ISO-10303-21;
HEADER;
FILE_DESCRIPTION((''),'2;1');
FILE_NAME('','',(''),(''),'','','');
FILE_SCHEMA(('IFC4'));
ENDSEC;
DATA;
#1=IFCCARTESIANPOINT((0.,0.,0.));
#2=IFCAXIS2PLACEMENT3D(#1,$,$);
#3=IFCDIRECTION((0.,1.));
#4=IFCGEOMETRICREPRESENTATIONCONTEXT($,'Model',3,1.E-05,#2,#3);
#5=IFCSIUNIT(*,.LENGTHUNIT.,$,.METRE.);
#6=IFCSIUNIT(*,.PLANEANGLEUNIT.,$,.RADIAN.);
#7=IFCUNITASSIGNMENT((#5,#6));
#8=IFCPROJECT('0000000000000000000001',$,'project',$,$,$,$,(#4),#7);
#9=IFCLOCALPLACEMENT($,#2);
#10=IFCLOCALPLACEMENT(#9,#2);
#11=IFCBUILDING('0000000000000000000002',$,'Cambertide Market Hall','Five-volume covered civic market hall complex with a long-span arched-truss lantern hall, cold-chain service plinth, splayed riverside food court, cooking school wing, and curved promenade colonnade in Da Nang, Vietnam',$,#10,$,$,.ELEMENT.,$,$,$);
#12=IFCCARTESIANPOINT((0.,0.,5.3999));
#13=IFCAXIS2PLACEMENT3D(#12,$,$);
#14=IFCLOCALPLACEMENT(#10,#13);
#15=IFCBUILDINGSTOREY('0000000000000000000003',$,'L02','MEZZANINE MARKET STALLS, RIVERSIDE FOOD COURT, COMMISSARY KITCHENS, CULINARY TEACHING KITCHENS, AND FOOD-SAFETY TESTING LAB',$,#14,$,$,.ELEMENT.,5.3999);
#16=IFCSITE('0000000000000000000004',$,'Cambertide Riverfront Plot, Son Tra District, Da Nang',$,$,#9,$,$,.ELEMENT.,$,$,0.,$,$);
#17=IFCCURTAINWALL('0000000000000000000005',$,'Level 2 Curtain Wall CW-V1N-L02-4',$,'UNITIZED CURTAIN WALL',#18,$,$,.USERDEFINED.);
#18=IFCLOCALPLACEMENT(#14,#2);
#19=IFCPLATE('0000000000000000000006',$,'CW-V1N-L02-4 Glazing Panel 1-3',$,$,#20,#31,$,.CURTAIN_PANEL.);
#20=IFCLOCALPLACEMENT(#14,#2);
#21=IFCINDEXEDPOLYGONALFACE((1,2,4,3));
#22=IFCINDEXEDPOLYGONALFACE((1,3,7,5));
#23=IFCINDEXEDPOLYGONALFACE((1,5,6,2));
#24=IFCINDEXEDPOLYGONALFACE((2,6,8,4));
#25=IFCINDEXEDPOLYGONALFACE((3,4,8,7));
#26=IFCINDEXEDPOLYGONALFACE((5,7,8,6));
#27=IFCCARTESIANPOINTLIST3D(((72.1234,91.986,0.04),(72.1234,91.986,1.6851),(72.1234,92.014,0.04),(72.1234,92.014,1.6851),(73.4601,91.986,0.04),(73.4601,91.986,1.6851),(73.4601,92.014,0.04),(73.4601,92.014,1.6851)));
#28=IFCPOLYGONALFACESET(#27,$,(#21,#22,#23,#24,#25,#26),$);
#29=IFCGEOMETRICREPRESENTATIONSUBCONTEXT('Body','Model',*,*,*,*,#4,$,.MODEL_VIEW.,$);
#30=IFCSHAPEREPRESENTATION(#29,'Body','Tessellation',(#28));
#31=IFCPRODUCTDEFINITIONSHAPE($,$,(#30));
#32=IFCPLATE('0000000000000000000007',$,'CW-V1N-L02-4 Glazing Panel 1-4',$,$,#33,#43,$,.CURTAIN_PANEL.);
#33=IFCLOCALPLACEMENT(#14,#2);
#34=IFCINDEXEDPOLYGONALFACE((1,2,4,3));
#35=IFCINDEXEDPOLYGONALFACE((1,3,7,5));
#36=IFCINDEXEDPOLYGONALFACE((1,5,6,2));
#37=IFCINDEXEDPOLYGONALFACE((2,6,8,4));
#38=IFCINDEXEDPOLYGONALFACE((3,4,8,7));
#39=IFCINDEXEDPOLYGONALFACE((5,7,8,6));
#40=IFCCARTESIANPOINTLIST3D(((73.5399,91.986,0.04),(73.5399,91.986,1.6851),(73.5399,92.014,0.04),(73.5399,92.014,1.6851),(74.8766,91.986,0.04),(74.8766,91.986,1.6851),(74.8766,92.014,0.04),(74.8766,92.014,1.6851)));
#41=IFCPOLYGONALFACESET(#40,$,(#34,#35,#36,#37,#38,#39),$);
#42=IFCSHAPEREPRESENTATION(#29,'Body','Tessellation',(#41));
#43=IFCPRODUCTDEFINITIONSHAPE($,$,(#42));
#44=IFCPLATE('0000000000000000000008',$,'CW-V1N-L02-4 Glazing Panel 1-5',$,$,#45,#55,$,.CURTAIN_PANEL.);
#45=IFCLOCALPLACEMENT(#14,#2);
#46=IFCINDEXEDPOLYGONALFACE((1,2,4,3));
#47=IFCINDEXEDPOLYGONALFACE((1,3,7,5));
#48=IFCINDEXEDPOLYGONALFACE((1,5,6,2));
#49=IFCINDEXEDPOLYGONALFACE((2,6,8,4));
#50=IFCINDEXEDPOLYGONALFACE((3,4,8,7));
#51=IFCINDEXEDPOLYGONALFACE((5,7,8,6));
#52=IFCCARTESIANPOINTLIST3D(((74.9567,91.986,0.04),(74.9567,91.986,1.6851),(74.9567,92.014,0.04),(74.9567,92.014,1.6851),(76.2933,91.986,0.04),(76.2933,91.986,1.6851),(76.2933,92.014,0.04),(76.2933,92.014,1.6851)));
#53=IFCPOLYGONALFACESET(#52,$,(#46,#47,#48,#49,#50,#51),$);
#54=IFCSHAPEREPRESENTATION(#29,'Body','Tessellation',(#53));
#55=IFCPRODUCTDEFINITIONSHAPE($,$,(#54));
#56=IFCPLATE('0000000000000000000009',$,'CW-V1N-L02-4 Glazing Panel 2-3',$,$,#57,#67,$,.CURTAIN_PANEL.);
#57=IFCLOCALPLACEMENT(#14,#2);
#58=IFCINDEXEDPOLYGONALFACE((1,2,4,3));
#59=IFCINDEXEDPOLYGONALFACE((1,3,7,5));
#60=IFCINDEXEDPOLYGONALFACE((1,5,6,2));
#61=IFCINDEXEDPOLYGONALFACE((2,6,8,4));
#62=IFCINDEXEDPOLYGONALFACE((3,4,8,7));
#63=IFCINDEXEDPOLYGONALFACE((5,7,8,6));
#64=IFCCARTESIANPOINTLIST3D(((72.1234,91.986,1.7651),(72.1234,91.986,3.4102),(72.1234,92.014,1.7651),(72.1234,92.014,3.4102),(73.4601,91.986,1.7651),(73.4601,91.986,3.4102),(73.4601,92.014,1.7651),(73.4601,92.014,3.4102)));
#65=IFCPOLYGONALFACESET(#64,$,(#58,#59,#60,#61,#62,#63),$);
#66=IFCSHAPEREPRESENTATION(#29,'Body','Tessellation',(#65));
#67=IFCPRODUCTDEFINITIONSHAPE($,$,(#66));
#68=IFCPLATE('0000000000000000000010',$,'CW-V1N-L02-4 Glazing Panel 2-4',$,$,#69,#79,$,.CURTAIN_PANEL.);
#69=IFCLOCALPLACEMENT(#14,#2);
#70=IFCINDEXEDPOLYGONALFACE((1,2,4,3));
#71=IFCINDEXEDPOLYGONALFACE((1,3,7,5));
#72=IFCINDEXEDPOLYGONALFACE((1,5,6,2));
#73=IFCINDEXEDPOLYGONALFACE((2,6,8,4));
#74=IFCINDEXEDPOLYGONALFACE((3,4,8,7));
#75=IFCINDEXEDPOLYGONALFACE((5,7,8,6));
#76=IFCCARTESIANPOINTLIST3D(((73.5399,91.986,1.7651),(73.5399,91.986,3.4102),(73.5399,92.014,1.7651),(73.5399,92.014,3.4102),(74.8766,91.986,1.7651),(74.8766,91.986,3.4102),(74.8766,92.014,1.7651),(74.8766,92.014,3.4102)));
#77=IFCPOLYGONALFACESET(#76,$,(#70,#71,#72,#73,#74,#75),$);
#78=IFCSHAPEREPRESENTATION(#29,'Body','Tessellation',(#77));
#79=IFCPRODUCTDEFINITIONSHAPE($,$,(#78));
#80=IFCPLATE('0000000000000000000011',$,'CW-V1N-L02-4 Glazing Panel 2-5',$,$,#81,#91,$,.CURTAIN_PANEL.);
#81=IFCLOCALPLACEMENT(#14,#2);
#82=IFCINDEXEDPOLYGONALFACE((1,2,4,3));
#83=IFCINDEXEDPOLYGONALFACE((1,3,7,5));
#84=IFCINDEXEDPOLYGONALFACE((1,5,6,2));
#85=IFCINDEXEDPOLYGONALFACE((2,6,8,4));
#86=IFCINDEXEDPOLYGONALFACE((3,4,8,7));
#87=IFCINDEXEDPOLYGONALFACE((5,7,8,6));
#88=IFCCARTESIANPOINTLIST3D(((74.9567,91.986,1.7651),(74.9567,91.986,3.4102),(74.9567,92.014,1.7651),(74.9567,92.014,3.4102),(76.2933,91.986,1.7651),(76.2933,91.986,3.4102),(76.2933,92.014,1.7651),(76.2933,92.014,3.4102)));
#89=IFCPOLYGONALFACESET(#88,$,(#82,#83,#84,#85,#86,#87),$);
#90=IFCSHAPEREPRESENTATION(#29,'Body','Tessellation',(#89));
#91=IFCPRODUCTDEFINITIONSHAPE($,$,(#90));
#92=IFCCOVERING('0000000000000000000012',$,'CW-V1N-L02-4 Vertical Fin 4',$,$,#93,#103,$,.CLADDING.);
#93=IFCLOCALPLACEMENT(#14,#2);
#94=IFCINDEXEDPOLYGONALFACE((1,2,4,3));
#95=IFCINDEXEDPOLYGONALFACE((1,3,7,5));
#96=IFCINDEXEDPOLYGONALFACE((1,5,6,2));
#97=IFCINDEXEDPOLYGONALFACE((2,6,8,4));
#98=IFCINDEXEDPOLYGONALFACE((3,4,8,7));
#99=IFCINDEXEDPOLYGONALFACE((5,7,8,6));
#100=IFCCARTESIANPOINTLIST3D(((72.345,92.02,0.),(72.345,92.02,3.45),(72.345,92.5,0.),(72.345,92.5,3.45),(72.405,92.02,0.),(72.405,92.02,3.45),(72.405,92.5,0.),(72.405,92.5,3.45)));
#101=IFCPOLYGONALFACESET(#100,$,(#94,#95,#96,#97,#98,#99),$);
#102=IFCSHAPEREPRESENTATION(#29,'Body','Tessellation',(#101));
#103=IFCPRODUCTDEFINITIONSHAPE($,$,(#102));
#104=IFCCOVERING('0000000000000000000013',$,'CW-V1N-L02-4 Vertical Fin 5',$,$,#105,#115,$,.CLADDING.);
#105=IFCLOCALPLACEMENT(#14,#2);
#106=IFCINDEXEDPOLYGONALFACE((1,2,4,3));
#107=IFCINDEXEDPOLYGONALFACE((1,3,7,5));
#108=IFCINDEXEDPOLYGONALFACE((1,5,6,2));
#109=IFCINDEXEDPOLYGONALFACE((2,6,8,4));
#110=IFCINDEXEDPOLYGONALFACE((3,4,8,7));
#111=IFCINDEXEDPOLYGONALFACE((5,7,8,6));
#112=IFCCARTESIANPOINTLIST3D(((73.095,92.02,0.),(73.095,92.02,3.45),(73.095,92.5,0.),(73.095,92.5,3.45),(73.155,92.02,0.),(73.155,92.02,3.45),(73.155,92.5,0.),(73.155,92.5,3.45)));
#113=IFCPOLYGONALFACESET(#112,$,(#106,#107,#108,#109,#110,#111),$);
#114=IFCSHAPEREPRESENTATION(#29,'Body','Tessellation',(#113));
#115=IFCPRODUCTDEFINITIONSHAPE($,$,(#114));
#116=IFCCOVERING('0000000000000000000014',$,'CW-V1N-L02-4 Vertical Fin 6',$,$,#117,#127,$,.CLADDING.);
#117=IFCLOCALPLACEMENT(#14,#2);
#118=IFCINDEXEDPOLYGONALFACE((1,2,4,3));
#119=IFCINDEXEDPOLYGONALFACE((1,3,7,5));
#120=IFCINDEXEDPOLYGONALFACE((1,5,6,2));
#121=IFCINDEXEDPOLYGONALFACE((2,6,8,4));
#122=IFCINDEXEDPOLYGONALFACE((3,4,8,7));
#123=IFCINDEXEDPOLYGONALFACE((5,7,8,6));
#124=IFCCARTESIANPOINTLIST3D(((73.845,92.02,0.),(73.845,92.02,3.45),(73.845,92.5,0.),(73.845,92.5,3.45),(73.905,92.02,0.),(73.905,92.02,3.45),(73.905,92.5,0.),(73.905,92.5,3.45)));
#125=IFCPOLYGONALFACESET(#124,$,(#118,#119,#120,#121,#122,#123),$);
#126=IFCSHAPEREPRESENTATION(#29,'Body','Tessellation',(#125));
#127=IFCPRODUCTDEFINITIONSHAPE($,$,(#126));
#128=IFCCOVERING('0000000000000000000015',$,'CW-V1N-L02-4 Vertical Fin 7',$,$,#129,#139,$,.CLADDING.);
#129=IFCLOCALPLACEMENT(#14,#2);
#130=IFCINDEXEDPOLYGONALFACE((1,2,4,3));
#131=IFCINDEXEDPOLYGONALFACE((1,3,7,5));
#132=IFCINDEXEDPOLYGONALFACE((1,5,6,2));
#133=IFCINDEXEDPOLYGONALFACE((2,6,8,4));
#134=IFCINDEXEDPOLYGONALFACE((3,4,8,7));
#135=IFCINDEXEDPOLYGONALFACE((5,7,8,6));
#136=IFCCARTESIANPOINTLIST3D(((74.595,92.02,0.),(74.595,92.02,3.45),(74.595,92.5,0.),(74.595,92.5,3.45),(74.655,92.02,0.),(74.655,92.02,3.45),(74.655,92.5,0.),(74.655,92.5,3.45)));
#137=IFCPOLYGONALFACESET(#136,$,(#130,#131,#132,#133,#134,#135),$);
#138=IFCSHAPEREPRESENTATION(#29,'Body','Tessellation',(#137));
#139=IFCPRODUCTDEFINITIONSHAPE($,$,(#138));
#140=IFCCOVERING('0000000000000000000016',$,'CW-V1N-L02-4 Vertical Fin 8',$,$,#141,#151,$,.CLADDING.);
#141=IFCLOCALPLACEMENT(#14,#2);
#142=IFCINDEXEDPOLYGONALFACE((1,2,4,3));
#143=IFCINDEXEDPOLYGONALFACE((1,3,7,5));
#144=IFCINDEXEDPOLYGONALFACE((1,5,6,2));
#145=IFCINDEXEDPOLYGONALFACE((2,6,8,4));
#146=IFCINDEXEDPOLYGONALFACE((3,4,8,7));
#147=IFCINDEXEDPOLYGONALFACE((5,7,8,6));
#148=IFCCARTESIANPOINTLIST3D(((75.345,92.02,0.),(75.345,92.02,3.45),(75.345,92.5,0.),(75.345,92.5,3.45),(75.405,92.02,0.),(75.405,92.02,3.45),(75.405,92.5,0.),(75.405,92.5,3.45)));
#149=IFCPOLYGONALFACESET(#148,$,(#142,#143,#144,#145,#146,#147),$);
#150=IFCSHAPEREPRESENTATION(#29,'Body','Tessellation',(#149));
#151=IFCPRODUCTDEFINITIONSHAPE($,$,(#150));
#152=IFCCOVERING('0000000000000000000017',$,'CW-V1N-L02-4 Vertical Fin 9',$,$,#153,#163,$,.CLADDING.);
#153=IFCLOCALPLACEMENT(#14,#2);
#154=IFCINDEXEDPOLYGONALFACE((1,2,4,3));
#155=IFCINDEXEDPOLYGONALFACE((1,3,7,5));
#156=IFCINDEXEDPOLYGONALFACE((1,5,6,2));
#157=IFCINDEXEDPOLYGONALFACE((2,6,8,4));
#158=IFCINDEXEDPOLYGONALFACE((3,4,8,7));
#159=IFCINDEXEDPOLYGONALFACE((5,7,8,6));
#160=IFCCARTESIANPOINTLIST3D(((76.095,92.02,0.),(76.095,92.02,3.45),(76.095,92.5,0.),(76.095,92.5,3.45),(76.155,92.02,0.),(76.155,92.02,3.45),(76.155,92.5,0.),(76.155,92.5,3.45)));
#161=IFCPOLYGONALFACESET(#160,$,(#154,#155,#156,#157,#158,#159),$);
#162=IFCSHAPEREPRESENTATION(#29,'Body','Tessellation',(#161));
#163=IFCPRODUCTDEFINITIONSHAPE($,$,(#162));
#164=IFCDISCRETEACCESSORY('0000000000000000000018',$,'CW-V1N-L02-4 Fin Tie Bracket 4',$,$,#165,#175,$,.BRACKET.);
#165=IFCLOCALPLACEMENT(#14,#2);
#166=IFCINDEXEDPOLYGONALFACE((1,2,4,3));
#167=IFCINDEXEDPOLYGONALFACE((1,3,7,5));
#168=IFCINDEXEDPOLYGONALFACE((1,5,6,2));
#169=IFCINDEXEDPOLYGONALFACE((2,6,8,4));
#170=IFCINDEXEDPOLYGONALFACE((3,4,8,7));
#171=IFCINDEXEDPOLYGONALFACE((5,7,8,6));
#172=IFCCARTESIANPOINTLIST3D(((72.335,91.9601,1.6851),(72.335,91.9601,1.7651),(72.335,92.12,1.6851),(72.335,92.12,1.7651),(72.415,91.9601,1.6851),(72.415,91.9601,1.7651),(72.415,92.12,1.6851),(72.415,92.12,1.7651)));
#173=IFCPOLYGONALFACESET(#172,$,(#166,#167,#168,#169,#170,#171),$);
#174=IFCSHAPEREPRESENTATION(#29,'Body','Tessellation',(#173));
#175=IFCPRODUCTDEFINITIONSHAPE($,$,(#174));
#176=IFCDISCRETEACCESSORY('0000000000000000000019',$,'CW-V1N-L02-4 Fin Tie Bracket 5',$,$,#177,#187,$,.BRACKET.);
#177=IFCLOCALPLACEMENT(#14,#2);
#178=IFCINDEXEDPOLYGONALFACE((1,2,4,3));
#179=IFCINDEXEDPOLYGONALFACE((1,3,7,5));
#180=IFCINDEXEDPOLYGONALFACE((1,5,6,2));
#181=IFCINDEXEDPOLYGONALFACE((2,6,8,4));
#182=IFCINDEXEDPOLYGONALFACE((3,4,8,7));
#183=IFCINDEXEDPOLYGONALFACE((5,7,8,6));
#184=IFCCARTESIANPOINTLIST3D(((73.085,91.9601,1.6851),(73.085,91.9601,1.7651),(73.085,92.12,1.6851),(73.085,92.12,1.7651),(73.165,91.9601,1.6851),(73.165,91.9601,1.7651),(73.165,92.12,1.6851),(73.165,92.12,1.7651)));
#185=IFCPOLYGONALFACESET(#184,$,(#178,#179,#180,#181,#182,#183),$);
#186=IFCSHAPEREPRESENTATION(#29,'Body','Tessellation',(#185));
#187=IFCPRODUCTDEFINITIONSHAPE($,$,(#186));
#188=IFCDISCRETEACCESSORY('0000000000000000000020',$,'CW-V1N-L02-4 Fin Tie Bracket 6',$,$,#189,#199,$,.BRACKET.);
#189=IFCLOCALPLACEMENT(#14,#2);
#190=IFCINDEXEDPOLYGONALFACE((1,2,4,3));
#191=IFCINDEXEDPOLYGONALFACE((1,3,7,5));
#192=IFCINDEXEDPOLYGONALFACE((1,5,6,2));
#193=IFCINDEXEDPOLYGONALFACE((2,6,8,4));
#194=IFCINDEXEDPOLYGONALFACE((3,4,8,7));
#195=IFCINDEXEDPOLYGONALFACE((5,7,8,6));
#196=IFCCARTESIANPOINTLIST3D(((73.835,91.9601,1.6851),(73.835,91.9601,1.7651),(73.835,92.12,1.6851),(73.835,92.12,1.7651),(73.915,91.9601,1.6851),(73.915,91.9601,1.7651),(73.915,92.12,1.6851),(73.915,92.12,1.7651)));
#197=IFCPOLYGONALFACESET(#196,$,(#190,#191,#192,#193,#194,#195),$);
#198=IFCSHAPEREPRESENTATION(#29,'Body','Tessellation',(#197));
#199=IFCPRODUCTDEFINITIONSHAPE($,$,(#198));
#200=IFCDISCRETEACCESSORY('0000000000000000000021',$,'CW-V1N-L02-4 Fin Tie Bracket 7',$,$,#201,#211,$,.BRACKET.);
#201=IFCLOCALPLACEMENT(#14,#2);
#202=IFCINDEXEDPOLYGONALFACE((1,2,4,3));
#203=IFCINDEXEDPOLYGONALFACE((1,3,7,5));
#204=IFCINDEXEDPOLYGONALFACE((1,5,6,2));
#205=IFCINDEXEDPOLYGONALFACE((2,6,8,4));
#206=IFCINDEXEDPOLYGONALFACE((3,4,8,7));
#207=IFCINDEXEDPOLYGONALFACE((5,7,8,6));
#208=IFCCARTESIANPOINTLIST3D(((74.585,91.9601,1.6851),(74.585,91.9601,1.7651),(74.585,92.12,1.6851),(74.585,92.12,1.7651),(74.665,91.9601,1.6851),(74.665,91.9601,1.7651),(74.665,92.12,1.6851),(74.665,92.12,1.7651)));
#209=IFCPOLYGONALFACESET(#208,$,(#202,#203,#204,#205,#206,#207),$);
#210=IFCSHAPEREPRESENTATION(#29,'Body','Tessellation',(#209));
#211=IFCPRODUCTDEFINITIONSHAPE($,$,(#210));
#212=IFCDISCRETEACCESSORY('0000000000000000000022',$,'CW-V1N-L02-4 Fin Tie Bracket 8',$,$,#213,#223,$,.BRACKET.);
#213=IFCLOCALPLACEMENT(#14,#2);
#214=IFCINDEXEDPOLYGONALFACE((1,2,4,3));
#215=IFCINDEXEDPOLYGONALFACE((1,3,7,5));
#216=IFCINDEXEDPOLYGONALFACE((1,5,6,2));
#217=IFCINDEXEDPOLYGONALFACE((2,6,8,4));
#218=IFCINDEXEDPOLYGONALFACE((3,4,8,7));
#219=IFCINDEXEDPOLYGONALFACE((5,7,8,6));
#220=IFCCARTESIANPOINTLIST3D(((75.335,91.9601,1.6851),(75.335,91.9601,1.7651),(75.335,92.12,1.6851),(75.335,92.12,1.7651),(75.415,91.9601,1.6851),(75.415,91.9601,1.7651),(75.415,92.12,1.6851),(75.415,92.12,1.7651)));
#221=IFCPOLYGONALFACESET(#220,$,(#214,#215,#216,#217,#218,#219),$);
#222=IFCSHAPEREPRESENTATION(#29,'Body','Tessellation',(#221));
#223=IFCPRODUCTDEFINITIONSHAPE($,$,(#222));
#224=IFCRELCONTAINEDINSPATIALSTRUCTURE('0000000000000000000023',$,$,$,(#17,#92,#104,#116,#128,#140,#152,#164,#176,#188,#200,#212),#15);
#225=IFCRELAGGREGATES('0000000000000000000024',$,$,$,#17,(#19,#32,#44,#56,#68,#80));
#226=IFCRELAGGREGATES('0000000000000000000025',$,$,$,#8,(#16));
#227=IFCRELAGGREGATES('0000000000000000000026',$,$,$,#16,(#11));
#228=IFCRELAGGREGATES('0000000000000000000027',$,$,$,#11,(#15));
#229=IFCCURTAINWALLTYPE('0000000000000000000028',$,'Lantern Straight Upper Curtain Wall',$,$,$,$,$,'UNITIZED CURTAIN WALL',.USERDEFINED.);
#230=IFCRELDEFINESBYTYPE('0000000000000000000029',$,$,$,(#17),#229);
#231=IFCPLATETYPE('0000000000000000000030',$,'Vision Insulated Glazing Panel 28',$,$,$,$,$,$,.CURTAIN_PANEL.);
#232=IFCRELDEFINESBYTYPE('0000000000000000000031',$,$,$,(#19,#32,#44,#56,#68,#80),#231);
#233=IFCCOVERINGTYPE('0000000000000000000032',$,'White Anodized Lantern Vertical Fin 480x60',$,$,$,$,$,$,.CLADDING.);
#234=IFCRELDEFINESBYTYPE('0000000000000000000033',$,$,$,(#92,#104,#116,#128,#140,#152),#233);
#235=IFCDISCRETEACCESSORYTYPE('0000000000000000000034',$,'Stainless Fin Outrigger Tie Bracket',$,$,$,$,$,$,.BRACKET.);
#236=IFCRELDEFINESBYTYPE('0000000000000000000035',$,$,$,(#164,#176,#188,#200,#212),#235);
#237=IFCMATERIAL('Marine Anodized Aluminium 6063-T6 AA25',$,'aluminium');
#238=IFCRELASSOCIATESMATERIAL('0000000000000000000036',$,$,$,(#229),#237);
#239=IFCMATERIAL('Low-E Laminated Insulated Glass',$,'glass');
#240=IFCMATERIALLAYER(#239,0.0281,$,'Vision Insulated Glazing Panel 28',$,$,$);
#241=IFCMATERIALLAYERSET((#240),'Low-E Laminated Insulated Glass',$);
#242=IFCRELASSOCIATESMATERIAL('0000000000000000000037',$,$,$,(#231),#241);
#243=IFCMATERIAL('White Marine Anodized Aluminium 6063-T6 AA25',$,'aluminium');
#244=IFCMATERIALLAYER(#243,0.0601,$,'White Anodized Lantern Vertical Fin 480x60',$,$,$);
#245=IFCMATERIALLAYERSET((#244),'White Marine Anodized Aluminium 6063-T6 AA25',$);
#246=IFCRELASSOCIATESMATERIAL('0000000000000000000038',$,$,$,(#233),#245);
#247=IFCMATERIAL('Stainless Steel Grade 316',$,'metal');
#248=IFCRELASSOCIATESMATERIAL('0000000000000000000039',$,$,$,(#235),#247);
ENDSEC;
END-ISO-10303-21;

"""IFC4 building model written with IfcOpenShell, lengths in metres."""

from ifc_helpers import new_model, si_unit, direction, frame, origin, origin_2d, place, context, subcontext, project, spatial, rectangle, extrude, material, layer, layer_set, type_object, element, aggregate, save


model = new_model("IFC4")

# Units and contexts
model_context = context("Model", 3, precision=1e-05, world=origin(), true_north=direction((0.0, 1.0)))
body_context = subcontext(model_context, "Body", "Model", "MODEL_VIEW")
ifc_project = project(units=[si_unit("LENGTHUNIT", "METRE"), si_unit("PLANEANGLEUNIT", "RADIAN")], contexts=[model_context])

# Site, building, storey
site_placement = place(None, origin())
site = spatial("IfcSite", under=ifc_project, at=site_placement, Name="Cambertide Riverfront Plot, Son Tra District, Da Nang", CompositionType="ELEMENT", RefElevation=0.0)
building_placement = place(site_placement, origin())
building = spatial("IfcBuilding", under=site, at=building_placement, Name="Cambertide Market Hall", Description="Five-volume covered civic market hall complex with a long-span arched-truss lantern hall, cold-chain service plinth, splayed riverside food court, cooking school wing, and curved promenade colonnade in Da Nang, Vietnam", CompositionType="ELEMENT")
storey_placement = place(building_placement, frame((0.0, 0.0, 5.3999)))
storey = spatial("IfcBuildingStorey", under=building, at=storey_placement, Name="L02", Description="MEZZANINE MARKET STALLS, RIVERSIDE FOOD COURT, COMMISSARY KITCHENS, CULINARY TEACHING KITCHENS, AND FOOD-SAFETY TESTING LAB", CompositionType="ELEMENT", Elevation=5.3999)

# Curtain wall, plates
ifc_material_1 = material(Name="Marine Anodized Aluminium 6063-T6 AA25", Category="aluminium")
curtain_wall_type = type_object("IfcCurtainWallType", Name="Lantern Straight Upper Curtain Wall", ElementType="UNITIZED CURTAIN WALL", PredefinedType="USERDEFINED", material=ifc_material_1)
curtain_wall_placement = place(storey_placement, origin())
curtain_wall = element("IfcCurtainWall", 1, at=curtain_wall_placement, inside=storey, type_object=curtain_wall_type, Name="Level 2 Curtain Wall CW-V1N-L02-4", ObjectType="UNITIZED CURTAIN WALL", PredefinedType="USERDEFINED")
ifc_material_2 = material(Name="Low-E Laminated Insulated Glass", Category="glass")
ifc_layer_1 = layer(ifc_material_2, 0.0281, Name="Vision Insulated Glazing Panel 28")
ifc_layer_set_1 = layer_set([ifc_layer_1], Name="Low-E Laminated Insulated Glass")
plate_type = type_object("IfcPlateType", Name="Vision Insulated Glazing Panel 28", PredefinedType="CURTAIN_PANEL", material=ifc_layer_set_1)
plate_1_placement = place(storey_placement, frame((72.7917, 92.0, 0.04), z_axis=(0.0, 0.0, 1.0), x_axis=(1.0, 0.0, 0.0)))
plate_1 = element("IfcPlate", 2, at=plate_1_placement, type_object=plate_type, Name="CW-V1N-L02-4 Glazing Panel 1-3", PredefinedType="CURTAIN_PANEL", context=body_context, shape_type="SweptSolid", body=[
    extrude(rectangle(XDim=1.3367, YDim=0.0281, at=origin_2d()), origin(), (0.0, 0.0, 1.0), 1.645),
])
plate_2_placement = place(storey_placement, frame((74.2083, 92.0, 0.04), z_axis=(0.0, 0.0, 1.0), x_axis=(1.0, 0.0, 0.0)))
plate_2 = element("IfcPlate", 3, at=plate_2_placement, type_object=plate_type, Name="CW-V1N-L02-4 Glazing Panel 1-4", PredefinedType="CURTAIN_PANEL", context=body_context, shape_type="SweptSolid", body=[
    extrude(rectangle(XDim=1.3367, YDim=0.0281, at=origin_2d()), origin(), (0.0, 0.0, 1.0), 1.645),
])
plate_3_placement = place(storey_placement, frame((75.625, 92.0, 0.04), z_axis=(0.0, 0.0, 1.0), x_axis=(1.0, 0.0, 0.0)))
plate_3 = element("IfcPlate", 4, at=plate_3_placement, type_object=plate_type, Name="CW-V1N-L02-4 Glazing Panel 1-5", PredefinedType="CURTAIN_PANEL", context=body_context, shape_type="SweptSolid", body=[
    extrude(rectangle(XDim=1.3367, YDim=0.0281, at=origin_2d()), origin(), (0.0, 0.0, 1.0), 1.645),
])
plate_4_placement = place(storey_placement, frame((72.7917, 92.0, 1.7651), z_axis=(0.0, 0.0, 1.0), x_axis=(1.0, 0.0, 0.0)))
plate_4 = element("IfcPlate", 5, at=plate_4_placement, type_object=plate_type, Name="CW-V1N-L02-4 Glazing Panel 2-3", PredefinedType="CURTAIN_PANEL", context=body_context, shape_type="SweptSolid", body=[
    extrude(rectangle(XDim=1.3367, YDim=0.0281, at=origin_2d()), origin(), (0.0, 0.0, 1.0), 1.645),
])
plate_5_placement = place(storey_placement, frame((74.2083, 92.0, 1.7651), z_axis=(0.0, 0.0, 1.0), x_axis=(1.0, 0.0, 0.0)))
plate_5 = element("IfcPlate", 6, at=plate_5_placement, type_object=plate_type, Name="CW-V1N-L02-4 Glazing Panel 2-4", PredefinedType="CURTAIN_PANEL", context=body_context, shape_type="SweptSolid", body=[
    extrude(rectangle(XDim=1.3367, YDim=0.0281, at=origin_2d()), origin(), (0.0, 0.0, 1.0), 1.645),
])
plate_6_placement = place(storey_placement, frame((75.625, 92.0, 1.7651), z_axis=(0.0, 0.0, 1.0), x_axis=(1.0, 0.0, 0.0)))
plate_6 = element("IfcPlate", 7, at=plate_6_placement, type_object=plate_type, Name="CW-V1N-L02-4 Glazing Panel 2-5", PredefinedType="CURTAIN_PANEL", context=body_context, shape_type="SweptSolid", body=[
    extrude(rectangle(XDim=1.3367, YDim=0.0281, at=origin_2d()), origin(), (0.0, 0.0, 1.0), 1.645),
])
aggregate(curtain_wall, [plate_1, plate_2, plate_3, plate_4, plate_5, plate_6])

# Coverings
ifc_material_3 = material(Name="White Marine Anodized Aluminium 6063-T6 AA25", Category="aluminium")
ifc_layer_2 = layer(ifc_material_3, 0.0601, Name="White Anodized Lantern Vertical Fin 480x60")
ifc_layer_set_2 = layer_set([ifc_layer_2], Name="White Marine Anodized Aluminium 6063-T6 AA25")
covering_type = type_object("IfcCoveringType", Name="White Anodized Lantern Vertical Fin 480x60", PredefinedType="CLADDING", material=ifc_layer_set_2)
for number, where, z_axis, x_axis, name in (
    (8, (72.375, 92.26, 0.0), (0.0, 0.0, 1.0), (1.0, 0.0, 0.0), "CW-V1N-L02-4 Vertical Fin 4"),
    (9, (73.125, 92.26, 0.0), (0.0, 0.0, 1.0), (1.0, 0.0, 0.0), "CW-V1N-L02-4 Vertical Fin 5"),
    (10, (73.875, 92.26, 0.0), (0.0, 0.0, 1.0), (1.0, 0.0, 0.0), "CW-V1N-L02-4 Vertical Fin 6"),
    (11, (74.625, 92.26, 0.0), (0.0, 0.0, 1.0), (1.0, 0.0, 0.0), "CW-V1N-L02-4 Vertical Fin 7"),
    (12, (75.375, 92.26, 0.0), (0.0, 0.0, 1.0), (1.0, 0.0, 0.0), "CW-V1N-L02-4 Vertical Fin 8"),
    (13, (76.125, 92.26, 0.0), (0.0, 0.0, 1.0), (1.0, 0.0, 0.0), "CW-V1N-L02-4 Vertical Fin 9"),
):
    element("IfcCovering", number, at=place(storey_placement, frame(where, z_axis=z_axis, x_axis=x_axis)), inside=storey, type_object=covering_type, Name=name, PredefinedType="CLADDING", context=body_context, shape_type="SweptSolid", body=[
        extrude(rectangle(XDim=0.0601, YDim=0.48, at=origin_2d()), origin(), (0.0, 0.0, 1.0), 3.45),
    ])

# Discrete accessories
ifc_material_4 = material(Name="Stainless Steel Grade 316", Category="metal")
discrete_accessory_type = type_object("IfcDiscreteAccessoryType", Name="Stainless Fin Outrigger Tie Bracket", PredefinedType="BRACKET", material=ifc_material_4)
for number, where, z_axis, x_axis, name in (
    (14, (72.375, 92.04, 1.6851), (0.0, 0.0, 1.0), (1.0, 0.0, 0.0), "CW-V1N-L02-4 Fin Tie Bracket 4"),
    (15, (73.125, 92.04, 1.6851), (0.0, 0.0, 1.0), (1.0, 0.0, 0.0), "CW-V1N-L02-4 Fin Tie Bracket 5"),
    (16, (73.875, 92.04, 1.6851), (0.0, 0.0, 1.0), (1.0, 0.0, 0.0), "CW-V1N-L02-4 Fin Tie Bracket 6"),
    (17, (74.625, 92.04, 1.6851), (0.0, 0.0, 1.0), (1.0, 0.0, 0.0), "CW-V1N-L02-4 Fin Tie Bracket 7"),
    (18, (75.375, 92.04, 1.6851), (0.0, 0.0, 1.0), (1.0, 0.0, 0.0), "CW-V1N-L02-4 Fin Tie Bracket 8"),
):
    element("IfcDiscreteAccessory", number, at=place(storey_placement, frame(where, z_axis=z_axis, x_axis=x_axis)), inside=storey, type_object=discrete_accessory_type, Name=name, PredefinedType="BRACKET", context=body_context, shape_type="SweptSolid", body=[
        extrude(rectangle(XDim=0.0801, YDim=0.1599, at=origin_2d()), origin(), (0.0, 0.0, 1.0), 0.0801),
    ])

save(model, "model.ifc")
